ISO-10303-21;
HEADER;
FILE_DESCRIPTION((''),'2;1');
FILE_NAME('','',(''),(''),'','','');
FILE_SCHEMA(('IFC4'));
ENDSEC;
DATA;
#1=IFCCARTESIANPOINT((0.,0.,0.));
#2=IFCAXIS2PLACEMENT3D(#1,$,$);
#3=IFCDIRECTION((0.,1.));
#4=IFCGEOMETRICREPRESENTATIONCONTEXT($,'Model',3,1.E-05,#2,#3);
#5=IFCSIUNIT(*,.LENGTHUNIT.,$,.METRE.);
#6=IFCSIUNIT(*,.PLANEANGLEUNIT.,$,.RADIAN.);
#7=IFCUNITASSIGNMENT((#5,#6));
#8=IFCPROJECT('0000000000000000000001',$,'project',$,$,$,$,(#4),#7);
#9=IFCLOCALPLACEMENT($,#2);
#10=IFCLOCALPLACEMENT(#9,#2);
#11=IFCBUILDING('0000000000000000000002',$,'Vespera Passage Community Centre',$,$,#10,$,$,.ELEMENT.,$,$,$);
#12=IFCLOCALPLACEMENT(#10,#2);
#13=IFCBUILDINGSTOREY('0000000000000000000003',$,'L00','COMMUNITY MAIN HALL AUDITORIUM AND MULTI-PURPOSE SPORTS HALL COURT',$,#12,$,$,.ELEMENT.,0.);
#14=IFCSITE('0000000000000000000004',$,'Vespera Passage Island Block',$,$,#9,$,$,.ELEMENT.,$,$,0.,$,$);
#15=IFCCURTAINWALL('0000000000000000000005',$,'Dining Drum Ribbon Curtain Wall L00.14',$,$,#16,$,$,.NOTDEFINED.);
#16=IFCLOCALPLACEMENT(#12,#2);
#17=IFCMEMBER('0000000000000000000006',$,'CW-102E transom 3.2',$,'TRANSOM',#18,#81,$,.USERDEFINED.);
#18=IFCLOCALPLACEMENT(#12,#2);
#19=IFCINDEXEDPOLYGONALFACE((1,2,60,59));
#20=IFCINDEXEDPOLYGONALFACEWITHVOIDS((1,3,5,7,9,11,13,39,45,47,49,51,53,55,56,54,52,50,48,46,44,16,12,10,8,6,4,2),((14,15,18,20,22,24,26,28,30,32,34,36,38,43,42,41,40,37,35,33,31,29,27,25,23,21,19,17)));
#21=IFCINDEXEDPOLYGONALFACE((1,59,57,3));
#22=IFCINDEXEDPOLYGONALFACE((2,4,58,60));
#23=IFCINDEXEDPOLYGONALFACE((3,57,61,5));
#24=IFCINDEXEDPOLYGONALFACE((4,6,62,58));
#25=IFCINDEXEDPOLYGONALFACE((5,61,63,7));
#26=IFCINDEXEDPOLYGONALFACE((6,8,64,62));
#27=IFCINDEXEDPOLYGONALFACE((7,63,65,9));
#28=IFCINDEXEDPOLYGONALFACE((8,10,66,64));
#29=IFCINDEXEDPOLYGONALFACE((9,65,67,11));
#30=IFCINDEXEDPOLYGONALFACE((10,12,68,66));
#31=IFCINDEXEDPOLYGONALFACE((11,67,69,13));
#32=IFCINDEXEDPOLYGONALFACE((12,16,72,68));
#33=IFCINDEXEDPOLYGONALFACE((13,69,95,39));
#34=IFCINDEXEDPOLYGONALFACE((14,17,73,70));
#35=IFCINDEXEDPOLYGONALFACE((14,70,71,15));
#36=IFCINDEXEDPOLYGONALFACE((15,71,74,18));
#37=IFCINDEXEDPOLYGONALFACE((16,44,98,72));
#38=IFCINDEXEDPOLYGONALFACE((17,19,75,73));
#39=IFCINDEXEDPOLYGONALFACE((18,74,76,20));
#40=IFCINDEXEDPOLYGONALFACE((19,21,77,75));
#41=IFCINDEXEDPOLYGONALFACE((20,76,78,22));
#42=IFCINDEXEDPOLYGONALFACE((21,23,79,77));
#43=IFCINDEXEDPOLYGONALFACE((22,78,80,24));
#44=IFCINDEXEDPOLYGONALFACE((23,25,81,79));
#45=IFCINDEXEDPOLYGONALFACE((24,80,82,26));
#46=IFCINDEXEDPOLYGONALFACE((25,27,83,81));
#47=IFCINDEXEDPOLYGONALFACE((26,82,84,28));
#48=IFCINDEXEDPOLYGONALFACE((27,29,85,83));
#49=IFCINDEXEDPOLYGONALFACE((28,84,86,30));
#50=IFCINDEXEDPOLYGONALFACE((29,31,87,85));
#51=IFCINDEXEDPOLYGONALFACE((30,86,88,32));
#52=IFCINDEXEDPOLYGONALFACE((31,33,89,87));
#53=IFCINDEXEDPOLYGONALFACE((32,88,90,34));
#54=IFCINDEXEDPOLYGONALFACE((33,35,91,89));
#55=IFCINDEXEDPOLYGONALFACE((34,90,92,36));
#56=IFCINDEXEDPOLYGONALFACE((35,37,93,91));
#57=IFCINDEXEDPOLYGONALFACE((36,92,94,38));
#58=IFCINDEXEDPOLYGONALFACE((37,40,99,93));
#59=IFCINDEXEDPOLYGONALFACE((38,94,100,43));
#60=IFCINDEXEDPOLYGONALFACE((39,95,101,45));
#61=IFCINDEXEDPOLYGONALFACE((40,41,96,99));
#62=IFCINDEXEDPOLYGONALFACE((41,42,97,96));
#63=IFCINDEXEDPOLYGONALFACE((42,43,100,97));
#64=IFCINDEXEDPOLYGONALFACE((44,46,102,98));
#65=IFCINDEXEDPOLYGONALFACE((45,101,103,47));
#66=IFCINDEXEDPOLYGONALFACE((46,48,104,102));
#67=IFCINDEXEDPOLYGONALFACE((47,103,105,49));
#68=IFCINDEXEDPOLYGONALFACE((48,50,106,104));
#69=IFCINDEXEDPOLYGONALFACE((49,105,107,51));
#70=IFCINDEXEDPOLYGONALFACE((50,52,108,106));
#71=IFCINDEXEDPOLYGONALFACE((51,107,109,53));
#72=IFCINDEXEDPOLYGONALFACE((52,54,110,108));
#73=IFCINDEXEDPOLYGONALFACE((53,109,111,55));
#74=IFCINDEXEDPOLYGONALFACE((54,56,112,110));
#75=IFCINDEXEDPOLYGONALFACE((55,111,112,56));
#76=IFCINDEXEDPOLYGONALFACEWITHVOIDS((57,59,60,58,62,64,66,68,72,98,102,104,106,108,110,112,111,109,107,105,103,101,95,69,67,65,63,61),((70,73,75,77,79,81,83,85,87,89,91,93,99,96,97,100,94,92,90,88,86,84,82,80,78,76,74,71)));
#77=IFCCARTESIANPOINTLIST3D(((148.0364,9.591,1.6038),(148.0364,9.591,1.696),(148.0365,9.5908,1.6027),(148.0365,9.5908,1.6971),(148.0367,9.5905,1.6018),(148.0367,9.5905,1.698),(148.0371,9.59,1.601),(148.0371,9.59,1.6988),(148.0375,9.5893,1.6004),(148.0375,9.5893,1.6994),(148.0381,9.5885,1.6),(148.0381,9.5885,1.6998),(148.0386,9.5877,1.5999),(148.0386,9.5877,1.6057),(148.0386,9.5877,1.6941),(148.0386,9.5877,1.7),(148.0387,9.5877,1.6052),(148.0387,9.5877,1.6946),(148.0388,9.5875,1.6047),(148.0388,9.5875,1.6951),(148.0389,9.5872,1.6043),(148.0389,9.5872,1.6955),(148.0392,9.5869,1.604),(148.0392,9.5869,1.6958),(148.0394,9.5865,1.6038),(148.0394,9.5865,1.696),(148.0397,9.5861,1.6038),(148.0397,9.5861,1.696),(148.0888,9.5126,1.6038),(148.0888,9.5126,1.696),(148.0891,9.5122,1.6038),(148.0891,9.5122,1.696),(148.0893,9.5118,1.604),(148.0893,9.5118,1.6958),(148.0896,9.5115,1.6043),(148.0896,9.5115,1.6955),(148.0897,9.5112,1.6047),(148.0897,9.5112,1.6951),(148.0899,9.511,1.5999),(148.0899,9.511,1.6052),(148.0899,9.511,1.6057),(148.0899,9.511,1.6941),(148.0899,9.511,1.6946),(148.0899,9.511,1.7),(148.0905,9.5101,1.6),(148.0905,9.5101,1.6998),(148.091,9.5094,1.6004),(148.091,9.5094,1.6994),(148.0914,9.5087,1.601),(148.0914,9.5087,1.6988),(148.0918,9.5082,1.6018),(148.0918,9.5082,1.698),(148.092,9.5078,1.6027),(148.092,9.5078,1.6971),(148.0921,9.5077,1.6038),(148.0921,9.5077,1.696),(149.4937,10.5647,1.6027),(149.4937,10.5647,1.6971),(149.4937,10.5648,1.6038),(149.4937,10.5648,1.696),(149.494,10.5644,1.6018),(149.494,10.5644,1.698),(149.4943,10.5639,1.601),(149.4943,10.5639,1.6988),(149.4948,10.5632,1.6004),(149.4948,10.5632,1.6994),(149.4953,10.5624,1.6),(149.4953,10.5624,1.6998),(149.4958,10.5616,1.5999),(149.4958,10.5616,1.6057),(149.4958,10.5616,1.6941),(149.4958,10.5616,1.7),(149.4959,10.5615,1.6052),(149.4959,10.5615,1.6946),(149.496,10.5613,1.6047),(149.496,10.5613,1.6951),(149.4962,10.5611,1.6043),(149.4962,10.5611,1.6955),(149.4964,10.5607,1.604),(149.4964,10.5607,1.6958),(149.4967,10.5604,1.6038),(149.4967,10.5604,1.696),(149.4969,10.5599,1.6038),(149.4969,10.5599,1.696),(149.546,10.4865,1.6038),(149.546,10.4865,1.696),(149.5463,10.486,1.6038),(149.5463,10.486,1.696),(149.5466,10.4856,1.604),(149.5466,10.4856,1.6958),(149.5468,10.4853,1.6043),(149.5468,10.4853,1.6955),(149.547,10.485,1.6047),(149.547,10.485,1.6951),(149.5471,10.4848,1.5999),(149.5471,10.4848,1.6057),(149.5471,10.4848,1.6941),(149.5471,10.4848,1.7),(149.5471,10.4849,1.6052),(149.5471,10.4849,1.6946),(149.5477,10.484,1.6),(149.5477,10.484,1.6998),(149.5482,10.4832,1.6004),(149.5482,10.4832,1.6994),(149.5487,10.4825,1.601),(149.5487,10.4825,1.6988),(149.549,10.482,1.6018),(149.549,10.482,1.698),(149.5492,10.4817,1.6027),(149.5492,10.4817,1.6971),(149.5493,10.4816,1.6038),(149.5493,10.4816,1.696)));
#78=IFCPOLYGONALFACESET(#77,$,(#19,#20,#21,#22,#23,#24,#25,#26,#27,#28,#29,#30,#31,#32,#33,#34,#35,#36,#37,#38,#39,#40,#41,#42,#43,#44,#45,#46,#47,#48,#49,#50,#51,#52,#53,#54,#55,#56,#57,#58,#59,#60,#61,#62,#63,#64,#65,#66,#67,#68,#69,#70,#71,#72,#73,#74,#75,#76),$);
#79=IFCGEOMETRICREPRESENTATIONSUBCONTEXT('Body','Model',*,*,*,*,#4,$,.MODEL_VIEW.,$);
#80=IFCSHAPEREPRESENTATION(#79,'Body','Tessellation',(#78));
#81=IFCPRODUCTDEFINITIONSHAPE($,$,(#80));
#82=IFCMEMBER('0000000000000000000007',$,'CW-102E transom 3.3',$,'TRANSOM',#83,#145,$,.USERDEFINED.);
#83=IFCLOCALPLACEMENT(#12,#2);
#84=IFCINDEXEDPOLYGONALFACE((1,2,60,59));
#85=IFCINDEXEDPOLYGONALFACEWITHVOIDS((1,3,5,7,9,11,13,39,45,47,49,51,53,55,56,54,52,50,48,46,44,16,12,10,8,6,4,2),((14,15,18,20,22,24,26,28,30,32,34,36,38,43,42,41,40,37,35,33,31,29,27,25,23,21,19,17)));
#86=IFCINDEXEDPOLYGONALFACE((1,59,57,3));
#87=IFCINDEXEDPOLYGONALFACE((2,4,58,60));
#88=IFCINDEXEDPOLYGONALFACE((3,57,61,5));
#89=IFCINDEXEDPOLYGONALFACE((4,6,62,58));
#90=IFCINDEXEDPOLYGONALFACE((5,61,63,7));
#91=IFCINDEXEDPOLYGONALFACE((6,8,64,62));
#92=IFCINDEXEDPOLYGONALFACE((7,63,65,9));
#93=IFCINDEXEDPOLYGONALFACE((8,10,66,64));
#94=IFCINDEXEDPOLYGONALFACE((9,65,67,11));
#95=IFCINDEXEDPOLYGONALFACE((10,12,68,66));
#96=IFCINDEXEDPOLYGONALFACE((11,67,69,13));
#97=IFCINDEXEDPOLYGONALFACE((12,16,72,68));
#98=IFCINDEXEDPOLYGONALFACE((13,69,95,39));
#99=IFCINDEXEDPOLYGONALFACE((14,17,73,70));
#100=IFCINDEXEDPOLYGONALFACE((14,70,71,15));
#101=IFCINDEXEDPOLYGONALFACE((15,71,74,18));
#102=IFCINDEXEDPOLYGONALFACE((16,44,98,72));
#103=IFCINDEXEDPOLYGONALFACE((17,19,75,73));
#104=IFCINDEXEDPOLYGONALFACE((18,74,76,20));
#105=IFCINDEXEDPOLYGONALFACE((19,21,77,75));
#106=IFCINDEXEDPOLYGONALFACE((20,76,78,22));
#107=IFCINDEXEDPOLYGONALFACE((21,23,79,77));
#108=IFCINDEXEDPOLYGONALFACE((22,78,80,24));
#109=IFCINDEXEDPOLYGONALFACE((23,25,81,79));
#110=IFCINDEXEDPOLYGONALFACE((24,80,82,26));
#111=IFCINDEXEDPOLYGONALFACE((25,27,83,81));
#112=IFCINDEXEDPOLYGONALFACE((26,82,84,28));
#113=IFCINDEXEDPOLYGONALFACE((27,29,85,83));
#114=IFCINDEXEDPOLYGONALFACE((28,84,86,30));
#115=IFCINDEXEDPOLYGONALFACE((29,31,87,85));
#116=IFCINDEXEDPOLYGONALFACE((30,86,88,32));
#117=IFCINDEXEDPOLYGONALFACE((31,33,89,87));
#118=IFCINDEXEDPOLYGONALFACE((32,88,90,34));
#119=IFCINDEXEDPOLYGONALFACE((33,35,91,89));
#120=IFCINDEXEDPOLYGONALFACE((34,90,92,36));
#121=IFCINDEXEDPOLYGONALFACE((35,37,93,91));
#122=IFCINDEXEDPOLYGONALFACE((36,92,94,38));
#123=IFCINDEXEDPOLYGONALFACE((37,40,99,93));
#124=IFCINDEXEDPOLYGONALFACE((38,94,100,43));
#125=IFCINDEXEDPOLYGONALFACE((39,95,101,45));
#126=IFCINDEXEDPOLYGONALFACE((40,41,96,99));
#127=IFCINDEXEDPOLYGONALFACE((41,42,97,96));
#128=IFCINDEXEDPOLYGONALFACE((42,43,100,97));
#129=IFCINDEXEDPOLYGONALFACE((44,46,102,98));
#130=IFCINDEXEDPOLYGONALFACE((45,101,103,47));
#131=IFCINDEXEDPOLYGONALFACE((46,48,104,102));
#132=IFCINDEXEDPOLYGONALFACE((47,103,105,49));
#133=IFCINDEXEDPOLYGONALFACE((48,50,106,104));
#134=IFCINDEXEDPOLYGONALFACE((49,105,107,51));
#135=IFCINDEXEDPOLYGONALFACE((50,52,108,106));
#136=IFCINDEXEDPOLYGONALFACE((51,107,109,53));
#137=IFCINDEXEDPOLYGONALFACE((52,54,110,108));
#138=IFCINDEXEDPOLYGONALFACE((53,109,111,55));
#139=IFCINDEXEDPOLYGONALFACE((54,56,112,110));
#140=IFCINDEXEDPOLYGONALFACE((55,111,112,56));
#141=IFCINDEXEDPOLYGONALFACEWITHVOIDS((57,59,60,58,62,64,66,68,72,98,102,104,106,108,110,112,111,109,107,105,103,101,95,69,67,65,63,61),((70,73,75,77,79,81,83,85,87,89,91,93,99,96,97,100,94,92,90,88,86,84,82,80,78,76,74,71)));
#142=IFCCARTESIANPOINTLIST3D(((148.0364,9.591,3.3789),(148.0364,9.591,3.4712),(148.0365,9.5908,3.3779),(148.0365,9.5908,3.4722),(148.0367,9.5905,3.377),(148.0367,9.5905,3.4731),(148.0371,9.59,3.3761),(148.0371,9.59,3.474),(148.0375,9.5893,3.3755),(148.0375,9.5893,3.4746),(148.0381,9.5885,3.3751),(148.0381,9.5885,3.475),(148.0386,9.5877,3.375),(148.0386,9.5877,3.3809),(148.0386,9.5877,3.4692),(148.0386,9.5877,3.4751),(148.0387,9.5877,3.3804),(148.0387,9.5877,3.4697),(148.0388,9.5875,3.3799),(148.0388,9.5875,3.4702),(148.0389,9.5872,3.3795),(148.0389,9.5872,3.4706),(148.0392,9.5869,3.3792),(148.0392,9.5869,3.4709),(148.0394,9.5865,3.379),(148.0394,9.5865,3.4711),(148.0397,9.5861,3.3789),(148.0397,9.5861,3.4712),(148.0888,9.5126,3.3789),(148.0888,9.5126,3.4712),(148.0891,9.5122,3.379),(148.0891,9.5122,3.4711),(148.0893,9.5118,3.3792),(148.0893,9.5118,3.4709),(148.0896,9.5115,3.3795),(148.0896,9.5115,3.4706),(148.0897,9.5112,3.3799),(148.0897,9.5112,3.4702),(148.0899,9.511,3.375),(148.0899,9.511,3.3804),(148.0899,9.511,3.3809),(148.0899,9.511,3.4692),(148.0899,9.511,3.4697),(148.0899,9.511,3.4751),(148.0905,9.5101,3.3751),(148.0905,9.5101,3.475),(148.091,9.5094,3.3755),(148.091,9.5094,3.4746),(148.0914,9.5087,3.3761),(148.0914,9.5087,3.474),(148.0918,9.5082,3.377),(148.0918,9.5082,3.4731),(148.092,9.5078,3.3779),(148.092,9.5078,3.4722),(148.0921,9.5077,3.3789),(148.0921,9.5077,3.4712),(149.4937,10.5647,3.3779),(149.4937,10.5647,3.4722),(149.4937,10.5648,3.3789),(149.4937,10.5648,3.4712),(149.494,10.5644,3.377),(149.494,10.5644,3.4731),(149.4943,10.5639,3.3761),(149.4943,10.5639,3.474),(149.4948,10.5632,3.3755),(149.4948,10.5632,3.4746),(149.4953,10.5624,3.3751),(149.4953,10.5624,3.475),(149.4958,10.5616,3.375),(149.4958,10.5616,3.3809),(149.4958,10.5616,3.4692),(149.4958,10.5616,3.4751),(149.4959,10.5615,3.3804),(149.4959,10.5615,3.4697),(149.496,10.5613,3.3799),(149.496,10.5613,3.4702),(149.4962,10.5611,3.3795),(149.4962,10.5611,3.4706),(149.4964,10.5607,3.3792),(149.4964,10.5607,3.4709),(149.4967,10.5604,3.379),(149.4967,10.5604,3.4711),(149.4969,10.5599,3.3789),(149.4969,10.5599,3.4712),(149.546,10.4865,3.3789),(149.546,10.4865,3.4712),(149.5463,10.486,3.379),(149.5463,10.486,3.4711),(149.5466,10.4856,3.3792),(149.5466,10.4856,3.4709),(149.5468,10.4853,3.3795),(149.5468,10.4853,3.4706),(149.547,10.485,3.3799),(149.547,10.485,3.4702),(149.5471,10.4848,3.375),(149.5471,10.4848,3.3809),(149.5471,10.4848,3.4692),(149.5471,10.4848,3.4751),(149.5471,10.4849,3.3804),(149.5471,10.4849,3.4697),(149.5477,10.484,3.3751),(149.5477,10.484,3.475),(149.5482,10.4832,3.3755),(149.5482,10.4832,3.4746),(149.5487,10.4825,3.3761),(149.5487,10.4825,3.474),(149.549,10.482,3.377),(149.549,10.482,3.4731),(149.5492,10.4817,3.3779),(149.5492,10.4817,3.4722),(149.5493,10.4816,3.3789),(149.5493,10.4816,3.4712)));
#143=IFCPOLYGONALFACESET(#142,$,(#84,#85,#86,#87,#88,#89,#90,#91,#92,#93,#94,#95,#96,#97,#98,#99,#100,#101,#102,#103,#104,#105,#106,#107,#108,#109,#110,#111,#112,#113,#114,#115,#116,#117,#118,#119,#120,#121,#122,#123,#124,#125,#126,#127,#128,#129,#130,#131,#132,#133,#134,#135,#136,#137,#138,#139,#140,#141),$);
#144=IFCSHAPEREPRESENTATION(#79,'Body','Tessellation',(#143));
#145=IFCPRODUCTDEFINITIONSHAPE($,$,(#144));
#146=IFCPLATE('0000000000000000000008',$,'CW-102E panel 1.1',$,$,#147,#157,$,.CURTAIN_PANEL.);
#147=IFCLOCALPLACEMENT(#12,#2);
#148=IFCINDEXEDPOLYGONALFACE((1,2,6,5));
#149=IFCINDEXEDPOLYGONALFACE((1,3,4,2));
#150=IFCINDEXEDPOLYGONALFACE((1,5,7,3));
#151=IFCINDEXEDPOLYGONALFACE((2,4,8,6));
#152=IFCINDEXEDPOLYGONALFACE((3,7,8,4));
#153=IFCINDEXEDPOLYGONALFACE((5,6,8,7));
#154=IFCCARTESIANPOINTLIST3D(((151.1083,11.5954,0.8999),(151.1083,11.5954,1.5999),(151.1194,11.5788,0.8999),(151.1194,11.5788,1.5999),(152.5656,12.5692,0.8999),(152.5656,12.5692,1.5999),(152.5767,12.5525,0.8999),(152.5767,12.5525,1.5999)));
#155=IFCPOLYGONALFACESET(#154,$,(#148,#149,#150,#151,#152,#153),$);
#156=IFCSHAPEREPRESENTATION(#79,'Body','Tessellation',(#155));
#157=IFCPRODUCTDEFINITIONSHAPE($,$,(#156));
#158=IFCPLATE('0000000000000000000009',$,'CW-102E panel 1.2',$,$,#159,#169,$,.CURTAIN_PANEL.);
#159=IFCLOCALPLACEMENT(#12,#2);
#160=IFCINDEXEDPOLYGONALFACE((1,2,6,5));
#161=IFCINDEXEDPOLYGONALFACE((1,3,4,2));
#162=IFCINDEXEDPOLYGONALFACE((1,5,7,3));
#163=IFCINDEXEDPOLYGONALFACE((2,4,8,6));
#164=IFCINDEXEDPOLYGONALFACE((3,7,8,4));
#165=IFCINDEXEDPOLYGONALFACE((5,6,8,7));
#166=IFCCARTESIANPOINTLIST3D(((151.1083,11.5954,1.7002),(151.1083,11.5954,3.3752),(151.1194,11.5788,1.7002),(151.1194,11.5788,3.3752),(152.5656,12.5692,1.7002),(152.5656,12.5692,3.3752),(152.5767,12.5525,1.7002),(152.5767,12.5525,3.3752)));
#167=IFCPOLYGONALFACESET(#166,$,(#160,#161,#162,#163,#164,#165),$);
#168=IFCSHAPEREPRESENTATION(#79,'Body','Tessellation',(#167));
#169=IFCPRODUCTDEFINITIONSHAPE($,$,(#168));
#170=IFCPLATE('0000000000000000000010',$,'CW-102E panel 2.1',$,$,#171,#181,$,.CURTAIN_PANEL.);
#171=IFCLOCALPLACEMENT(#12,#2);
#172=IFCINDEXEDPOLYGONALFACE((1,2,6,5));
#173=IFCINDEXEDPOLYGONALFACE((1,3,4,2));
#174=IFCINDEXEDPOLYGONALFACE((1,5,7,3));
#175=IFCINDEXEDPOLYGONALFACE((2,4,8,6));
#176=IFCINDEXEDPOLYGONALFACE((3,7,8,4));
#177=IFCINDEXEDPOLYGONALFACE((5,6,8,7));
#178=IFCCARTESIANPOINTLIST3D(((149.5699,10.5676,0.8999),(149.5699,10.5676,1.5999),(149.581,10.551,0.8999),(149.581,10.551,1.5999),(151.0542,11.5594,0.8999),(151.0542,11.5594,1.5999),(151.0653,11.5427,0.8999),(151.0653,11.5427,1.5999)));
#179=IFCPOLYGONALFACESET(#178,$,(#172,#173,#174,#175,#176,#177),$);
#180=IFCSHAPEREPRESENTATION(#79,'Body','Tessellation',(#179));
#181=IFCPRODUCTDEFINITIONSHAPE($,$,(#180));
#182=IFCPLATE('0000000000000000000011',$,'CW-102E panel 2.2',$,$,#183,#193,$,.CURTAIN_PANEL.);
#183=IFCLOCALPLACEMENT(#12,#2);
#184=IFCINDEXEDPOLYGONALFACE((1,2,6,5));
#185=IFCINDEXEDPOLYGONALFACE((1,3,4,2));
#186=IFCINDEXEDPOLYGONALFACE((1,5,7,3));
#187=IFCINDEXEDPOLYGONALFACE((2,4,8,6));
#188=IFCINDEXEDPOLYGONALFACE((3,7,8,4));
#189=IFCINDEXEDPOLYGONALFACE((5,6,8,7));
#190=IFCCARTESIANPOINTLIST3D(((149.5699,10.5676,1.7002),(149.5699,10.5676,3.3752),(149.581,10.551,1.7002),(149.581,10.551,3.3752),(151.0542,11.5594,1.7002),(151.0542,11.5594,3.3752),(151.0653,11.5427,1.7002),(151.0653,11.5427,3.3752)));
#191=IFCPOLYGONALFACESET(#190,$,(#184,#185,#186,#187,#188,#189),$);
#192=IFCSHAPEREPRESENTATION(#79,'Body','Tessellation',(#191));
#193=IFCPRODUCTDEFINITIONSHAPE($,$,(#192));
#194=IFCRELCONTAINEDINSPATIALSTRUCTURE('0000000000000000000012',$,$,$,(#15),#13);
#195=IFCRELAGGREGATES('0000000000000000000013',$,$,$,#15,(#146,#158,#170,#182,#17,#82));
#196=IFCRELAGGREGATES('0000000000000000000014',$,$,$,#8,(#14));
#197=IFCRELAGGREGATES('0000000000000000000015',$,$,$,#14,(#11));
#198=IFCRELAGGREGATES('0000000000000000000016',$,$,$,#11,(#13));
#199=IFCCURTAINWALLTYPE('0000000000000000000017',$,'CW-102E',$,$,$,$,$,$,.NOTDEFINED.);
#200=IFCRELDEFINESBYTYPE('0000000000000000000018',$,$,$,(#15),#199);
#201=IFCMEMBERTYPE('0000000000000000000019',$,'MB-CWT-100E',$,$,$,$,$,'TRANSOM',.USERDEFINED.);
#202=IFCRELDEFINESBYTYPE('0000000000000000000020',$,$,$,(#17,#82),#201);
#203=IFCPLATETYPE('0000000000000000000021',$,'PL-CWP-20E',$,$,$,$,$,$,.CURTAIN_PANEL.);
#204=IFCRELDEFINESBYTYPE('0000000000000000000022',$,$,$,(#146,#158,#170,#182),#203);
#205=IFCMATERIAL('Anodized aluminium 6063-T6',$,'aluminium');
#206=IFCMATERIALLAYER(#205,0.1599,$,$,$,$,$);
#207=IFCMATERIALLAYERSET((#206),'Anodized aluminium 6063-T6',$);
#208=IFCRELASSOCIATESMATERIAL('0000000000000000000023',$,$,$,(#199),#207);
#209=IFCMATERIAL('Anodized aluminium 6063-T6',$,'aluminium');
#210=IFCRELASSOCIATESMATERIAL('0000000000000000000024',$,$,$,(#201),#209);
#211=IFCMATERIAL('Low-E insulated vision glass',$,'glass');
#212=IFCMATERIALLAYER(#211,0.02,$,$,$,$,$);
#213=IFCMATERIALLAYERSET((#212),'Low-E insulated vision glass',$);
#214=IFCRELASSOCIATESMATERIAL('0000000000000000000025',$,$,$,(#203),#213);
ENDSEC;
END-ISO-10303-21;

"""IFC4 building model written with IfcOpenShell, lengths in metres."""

from ifc_helpers import new_model, si_unit, direction, frame, origin, origin_2d, place, context, subcontext, project, spatial, rectangle, hollow_rectangle, extrude, material, layer, layer_set, material_profile, profile_set, type_object, element, aggregate, save


model = new_model("IFC4")

# Units and contexts
model_context = context("Model", 3, precision=1e-05, world=origin(), true_north=direction((0.0, 1.0)))
body_context = subcontext(model_context, "Body", "Model", "MODEL_VIEW")
ifc_project = project(units=[si_unit("LENGTHUNIT", "METRE"), si_unit("PLANEANGLEUNIT", "RADIAN")], contexts=[model_context])

# Site, building, storey
site_placement = place(None, origin())
site = spatial("IfcSite", under=ifc_project, at=site_placement, Name="Vespera Passage Island Block", CompositionType="ELEMENT", RefElevation=0.0)
building_placement = place(site_placement, origin())
building = spatial("IfcBuilding", under=site, at=building_placement, Name="Vespera Passage Community Centre", CompositionType="ELEMENT")
storey_placement = place(building_placement, origin())
storey = spatial("IfcBuildingStorey", under=building, at=storey_placement, Name="L00", Description="COMMUNITY MAIN HALL AUDITORIUM AND MULTI-PURPOSE SPORTS HALL COURT", CompositionType="ELEMENT", Elevation=0.0)

# Curtain wall, members, plates
ifc_material_1 = material(Name="Anodized aluminium 6063-T6", Category="aluminium")
ifc_layer_1 = layer(ifc_material_1, 0.1599)
ifc_layer_set_1 = layer_set([ifc_layer_1], Name="Anodized aluminium 6063-T6")
curtain_wall_type = type_object("IfcCurtainWallType", Name="CW-102E", PredefinedType="NOTDEFINED", material=ifc_layer_set_1)
curtain_wall_placement = place(storey_placement, origin())
curtain_wall = element("IfcCurtainWall", 1, at=curtain_wall_placement, inside=storey, type_object=curtain_wall_type, Name="Dining Drum Ribbon Curtain Wall L00.14", PredefinedType="NOTDEFINED")
ifc_material_2 = material(Name="Anodized aluminium 6063-T6", Category="aluminium")
ifc_material_profile_1 = material_profile(ifc_material_2, hollow_rectangle(XDim=0.1001, YDim=0.1001, WallThickness=0.0039, InnerFilletRadius=0.002, OuterFilletRadius=0.0039, at=origin_2d()), Name="ALU100X100X4")
ifc_profile_set_1 = profile_set([ifc_material_profile_1], Name="Anodized aluminium 6063-T6")
member_type_1 = type_object("IfcMemberType", Name="MB-CWT-100E", ElementType="TRANSOM", PredefinedType="USERDEFINED", material=ifc_profile_set_1)
member_1_placement = place(storey_placement, frame((149.5215, 10.5232, 1.6499), z_axis=(-0.831428, -0.555632, 0.0), x_axis=(0.555632, -0.831428, 0.0)))
member_1 = element("IfcMember", 2, at=member_1_placement, type_object=member_type_1, Name="CW-102E transom 3.2", ObjectType="TRANSOM", PredefinedType="USERDEFINED", context=body_context, shape_type="SweptSolid", body=[
    extrude(hollow_rectangle(XDim=0.1001, YDim=0.1001, WallThickness=0.0039, InnerFilletRadius=0.002, OuterFilletRadius=0.0039, at=origin_2d()), origin(), (0.0, 0.0, 1.0), 1.7527),
])
member_2_placement = place(storey_placement, frame((149.5215, 10.5232, 3.425), z_axis=(-0.831428, -0.555632, 0.0), x_axis=(0.555632, -0.831428, 0.0)))
member_2 = element("IfcMember", 3, at=member_2_placement, type_object=member_type_1, Name="CW-102E transom 3.3", ObjectType="TRANSOM", PredefinedType="USERDEFINED", context=body_context, shape_type="SweptSolid", body=[
    extrude(hollow_rectangle(XDim=0.1001, YDim=0.1001, WallThickness=0.0039, InnerFilletRadius=0.002, OuterFilletRadius=0.0039, at=origin_2d()), origin(), (0.0, 0.0, 1.0), 1.7527),
])
ifc_material_3 = material(Name="Low-E insulated vision glass", Category="glass")
ifc_layer_2 = layer(ifc_material_3, 0.02)
ifc_layer_set_2 = layer_set([ifc_layer_2], Name="Low-E insulated vision glass")
plate_type = type_object("IfcPlateType", Name="PL-CWP-20E", PredefinedType="CURTAIN_PANEL", material=ifc_layer_set_2)
plate_1_placement = place(storey_placement, frame((151.8425, 12.074, 0.8999), z_axis=(0.0, 0.0, 1.0), x_axis=(-0.831473, -0.555565, 0.0)))
plate_1 = element("IfcPlate", 4, at=plate_1_placement, type_object=plate_type, Name="CW-102E panel 1.1", PredefinedType="CURTAIN_PANEL", context=body_context, shape_type="SweptSolid", body=[
    extrude(rectangle(XDim=1.7527, YDim=0.02, at=origin_2d()), origin(), (0.0, 0.0, 1.0), 0.7),
])
plate_2_placement = place(storey_placement, frame((151.8425, 12.074, 1.7002), z_axis=(0.0, 0.0, 1.0), x_axis=(-0.831473, -0.555565, 0.0)))
plate_2 = element("IfcPlate", 5, at=plate_2_placement, type_object=plate_type, Name="CW-102E panel 1.2", PredefinedType="CURTAIN_PANEL", context=body_context, shape_type="SweptSolid", body=[
    extrude(rectangle(XDim=1.7527, YDim=0.02, at=origin_2d()), origin(), (0.0, 0.0, 1.0), 1.675),
])
plate_3_placement = place(storey_placement, frame((150.3176, 11.0552, 0.8999), z_axis=(0.0, 0.0, 1.0), x_axis=(-0.831473, -0.555565, 0.0)))
plate_3 = element("IfcPlate", 6, at=plate_3_placement, type_object=plate_type, Name="CW-102E panel 2.1", PredefinedType="CURTAIN_PANEL", context=body_context, shape_type="SweptSolid", body=[
    extrude(rectangle(XDim=1.7852, YDim=0.02, at=origin_2d()), origin(), (0.0, 0.0, 1.0), 0.7),
])
plate_4_placement = place(storey_placement, frame((150.3176, 11.0552, 1.7002), z_axis=(0.0, 0.0, 1.0), x_axis=(-0.831473, -0.555565, 0.0)))
plate_4 = element("IfcPlate", 7, at=plate_4_placement, type_object=plate_type, Name="CW-102E panel 2.2", PredefinedType="CURTAIN_PANEL", context=body_context, shape_type="SweptSolid", body=[
    extrude(rectangle(XDim=1.7852, YDim=0.02, at=origin_2d()), origin(), (0.0, 0.0, 1.0), 1.675),
])
aggregate(curtain_wall, [plate_1, plate_2, plate_3, plate_4, member_1, member_2])

save(model, "model.ifc")
